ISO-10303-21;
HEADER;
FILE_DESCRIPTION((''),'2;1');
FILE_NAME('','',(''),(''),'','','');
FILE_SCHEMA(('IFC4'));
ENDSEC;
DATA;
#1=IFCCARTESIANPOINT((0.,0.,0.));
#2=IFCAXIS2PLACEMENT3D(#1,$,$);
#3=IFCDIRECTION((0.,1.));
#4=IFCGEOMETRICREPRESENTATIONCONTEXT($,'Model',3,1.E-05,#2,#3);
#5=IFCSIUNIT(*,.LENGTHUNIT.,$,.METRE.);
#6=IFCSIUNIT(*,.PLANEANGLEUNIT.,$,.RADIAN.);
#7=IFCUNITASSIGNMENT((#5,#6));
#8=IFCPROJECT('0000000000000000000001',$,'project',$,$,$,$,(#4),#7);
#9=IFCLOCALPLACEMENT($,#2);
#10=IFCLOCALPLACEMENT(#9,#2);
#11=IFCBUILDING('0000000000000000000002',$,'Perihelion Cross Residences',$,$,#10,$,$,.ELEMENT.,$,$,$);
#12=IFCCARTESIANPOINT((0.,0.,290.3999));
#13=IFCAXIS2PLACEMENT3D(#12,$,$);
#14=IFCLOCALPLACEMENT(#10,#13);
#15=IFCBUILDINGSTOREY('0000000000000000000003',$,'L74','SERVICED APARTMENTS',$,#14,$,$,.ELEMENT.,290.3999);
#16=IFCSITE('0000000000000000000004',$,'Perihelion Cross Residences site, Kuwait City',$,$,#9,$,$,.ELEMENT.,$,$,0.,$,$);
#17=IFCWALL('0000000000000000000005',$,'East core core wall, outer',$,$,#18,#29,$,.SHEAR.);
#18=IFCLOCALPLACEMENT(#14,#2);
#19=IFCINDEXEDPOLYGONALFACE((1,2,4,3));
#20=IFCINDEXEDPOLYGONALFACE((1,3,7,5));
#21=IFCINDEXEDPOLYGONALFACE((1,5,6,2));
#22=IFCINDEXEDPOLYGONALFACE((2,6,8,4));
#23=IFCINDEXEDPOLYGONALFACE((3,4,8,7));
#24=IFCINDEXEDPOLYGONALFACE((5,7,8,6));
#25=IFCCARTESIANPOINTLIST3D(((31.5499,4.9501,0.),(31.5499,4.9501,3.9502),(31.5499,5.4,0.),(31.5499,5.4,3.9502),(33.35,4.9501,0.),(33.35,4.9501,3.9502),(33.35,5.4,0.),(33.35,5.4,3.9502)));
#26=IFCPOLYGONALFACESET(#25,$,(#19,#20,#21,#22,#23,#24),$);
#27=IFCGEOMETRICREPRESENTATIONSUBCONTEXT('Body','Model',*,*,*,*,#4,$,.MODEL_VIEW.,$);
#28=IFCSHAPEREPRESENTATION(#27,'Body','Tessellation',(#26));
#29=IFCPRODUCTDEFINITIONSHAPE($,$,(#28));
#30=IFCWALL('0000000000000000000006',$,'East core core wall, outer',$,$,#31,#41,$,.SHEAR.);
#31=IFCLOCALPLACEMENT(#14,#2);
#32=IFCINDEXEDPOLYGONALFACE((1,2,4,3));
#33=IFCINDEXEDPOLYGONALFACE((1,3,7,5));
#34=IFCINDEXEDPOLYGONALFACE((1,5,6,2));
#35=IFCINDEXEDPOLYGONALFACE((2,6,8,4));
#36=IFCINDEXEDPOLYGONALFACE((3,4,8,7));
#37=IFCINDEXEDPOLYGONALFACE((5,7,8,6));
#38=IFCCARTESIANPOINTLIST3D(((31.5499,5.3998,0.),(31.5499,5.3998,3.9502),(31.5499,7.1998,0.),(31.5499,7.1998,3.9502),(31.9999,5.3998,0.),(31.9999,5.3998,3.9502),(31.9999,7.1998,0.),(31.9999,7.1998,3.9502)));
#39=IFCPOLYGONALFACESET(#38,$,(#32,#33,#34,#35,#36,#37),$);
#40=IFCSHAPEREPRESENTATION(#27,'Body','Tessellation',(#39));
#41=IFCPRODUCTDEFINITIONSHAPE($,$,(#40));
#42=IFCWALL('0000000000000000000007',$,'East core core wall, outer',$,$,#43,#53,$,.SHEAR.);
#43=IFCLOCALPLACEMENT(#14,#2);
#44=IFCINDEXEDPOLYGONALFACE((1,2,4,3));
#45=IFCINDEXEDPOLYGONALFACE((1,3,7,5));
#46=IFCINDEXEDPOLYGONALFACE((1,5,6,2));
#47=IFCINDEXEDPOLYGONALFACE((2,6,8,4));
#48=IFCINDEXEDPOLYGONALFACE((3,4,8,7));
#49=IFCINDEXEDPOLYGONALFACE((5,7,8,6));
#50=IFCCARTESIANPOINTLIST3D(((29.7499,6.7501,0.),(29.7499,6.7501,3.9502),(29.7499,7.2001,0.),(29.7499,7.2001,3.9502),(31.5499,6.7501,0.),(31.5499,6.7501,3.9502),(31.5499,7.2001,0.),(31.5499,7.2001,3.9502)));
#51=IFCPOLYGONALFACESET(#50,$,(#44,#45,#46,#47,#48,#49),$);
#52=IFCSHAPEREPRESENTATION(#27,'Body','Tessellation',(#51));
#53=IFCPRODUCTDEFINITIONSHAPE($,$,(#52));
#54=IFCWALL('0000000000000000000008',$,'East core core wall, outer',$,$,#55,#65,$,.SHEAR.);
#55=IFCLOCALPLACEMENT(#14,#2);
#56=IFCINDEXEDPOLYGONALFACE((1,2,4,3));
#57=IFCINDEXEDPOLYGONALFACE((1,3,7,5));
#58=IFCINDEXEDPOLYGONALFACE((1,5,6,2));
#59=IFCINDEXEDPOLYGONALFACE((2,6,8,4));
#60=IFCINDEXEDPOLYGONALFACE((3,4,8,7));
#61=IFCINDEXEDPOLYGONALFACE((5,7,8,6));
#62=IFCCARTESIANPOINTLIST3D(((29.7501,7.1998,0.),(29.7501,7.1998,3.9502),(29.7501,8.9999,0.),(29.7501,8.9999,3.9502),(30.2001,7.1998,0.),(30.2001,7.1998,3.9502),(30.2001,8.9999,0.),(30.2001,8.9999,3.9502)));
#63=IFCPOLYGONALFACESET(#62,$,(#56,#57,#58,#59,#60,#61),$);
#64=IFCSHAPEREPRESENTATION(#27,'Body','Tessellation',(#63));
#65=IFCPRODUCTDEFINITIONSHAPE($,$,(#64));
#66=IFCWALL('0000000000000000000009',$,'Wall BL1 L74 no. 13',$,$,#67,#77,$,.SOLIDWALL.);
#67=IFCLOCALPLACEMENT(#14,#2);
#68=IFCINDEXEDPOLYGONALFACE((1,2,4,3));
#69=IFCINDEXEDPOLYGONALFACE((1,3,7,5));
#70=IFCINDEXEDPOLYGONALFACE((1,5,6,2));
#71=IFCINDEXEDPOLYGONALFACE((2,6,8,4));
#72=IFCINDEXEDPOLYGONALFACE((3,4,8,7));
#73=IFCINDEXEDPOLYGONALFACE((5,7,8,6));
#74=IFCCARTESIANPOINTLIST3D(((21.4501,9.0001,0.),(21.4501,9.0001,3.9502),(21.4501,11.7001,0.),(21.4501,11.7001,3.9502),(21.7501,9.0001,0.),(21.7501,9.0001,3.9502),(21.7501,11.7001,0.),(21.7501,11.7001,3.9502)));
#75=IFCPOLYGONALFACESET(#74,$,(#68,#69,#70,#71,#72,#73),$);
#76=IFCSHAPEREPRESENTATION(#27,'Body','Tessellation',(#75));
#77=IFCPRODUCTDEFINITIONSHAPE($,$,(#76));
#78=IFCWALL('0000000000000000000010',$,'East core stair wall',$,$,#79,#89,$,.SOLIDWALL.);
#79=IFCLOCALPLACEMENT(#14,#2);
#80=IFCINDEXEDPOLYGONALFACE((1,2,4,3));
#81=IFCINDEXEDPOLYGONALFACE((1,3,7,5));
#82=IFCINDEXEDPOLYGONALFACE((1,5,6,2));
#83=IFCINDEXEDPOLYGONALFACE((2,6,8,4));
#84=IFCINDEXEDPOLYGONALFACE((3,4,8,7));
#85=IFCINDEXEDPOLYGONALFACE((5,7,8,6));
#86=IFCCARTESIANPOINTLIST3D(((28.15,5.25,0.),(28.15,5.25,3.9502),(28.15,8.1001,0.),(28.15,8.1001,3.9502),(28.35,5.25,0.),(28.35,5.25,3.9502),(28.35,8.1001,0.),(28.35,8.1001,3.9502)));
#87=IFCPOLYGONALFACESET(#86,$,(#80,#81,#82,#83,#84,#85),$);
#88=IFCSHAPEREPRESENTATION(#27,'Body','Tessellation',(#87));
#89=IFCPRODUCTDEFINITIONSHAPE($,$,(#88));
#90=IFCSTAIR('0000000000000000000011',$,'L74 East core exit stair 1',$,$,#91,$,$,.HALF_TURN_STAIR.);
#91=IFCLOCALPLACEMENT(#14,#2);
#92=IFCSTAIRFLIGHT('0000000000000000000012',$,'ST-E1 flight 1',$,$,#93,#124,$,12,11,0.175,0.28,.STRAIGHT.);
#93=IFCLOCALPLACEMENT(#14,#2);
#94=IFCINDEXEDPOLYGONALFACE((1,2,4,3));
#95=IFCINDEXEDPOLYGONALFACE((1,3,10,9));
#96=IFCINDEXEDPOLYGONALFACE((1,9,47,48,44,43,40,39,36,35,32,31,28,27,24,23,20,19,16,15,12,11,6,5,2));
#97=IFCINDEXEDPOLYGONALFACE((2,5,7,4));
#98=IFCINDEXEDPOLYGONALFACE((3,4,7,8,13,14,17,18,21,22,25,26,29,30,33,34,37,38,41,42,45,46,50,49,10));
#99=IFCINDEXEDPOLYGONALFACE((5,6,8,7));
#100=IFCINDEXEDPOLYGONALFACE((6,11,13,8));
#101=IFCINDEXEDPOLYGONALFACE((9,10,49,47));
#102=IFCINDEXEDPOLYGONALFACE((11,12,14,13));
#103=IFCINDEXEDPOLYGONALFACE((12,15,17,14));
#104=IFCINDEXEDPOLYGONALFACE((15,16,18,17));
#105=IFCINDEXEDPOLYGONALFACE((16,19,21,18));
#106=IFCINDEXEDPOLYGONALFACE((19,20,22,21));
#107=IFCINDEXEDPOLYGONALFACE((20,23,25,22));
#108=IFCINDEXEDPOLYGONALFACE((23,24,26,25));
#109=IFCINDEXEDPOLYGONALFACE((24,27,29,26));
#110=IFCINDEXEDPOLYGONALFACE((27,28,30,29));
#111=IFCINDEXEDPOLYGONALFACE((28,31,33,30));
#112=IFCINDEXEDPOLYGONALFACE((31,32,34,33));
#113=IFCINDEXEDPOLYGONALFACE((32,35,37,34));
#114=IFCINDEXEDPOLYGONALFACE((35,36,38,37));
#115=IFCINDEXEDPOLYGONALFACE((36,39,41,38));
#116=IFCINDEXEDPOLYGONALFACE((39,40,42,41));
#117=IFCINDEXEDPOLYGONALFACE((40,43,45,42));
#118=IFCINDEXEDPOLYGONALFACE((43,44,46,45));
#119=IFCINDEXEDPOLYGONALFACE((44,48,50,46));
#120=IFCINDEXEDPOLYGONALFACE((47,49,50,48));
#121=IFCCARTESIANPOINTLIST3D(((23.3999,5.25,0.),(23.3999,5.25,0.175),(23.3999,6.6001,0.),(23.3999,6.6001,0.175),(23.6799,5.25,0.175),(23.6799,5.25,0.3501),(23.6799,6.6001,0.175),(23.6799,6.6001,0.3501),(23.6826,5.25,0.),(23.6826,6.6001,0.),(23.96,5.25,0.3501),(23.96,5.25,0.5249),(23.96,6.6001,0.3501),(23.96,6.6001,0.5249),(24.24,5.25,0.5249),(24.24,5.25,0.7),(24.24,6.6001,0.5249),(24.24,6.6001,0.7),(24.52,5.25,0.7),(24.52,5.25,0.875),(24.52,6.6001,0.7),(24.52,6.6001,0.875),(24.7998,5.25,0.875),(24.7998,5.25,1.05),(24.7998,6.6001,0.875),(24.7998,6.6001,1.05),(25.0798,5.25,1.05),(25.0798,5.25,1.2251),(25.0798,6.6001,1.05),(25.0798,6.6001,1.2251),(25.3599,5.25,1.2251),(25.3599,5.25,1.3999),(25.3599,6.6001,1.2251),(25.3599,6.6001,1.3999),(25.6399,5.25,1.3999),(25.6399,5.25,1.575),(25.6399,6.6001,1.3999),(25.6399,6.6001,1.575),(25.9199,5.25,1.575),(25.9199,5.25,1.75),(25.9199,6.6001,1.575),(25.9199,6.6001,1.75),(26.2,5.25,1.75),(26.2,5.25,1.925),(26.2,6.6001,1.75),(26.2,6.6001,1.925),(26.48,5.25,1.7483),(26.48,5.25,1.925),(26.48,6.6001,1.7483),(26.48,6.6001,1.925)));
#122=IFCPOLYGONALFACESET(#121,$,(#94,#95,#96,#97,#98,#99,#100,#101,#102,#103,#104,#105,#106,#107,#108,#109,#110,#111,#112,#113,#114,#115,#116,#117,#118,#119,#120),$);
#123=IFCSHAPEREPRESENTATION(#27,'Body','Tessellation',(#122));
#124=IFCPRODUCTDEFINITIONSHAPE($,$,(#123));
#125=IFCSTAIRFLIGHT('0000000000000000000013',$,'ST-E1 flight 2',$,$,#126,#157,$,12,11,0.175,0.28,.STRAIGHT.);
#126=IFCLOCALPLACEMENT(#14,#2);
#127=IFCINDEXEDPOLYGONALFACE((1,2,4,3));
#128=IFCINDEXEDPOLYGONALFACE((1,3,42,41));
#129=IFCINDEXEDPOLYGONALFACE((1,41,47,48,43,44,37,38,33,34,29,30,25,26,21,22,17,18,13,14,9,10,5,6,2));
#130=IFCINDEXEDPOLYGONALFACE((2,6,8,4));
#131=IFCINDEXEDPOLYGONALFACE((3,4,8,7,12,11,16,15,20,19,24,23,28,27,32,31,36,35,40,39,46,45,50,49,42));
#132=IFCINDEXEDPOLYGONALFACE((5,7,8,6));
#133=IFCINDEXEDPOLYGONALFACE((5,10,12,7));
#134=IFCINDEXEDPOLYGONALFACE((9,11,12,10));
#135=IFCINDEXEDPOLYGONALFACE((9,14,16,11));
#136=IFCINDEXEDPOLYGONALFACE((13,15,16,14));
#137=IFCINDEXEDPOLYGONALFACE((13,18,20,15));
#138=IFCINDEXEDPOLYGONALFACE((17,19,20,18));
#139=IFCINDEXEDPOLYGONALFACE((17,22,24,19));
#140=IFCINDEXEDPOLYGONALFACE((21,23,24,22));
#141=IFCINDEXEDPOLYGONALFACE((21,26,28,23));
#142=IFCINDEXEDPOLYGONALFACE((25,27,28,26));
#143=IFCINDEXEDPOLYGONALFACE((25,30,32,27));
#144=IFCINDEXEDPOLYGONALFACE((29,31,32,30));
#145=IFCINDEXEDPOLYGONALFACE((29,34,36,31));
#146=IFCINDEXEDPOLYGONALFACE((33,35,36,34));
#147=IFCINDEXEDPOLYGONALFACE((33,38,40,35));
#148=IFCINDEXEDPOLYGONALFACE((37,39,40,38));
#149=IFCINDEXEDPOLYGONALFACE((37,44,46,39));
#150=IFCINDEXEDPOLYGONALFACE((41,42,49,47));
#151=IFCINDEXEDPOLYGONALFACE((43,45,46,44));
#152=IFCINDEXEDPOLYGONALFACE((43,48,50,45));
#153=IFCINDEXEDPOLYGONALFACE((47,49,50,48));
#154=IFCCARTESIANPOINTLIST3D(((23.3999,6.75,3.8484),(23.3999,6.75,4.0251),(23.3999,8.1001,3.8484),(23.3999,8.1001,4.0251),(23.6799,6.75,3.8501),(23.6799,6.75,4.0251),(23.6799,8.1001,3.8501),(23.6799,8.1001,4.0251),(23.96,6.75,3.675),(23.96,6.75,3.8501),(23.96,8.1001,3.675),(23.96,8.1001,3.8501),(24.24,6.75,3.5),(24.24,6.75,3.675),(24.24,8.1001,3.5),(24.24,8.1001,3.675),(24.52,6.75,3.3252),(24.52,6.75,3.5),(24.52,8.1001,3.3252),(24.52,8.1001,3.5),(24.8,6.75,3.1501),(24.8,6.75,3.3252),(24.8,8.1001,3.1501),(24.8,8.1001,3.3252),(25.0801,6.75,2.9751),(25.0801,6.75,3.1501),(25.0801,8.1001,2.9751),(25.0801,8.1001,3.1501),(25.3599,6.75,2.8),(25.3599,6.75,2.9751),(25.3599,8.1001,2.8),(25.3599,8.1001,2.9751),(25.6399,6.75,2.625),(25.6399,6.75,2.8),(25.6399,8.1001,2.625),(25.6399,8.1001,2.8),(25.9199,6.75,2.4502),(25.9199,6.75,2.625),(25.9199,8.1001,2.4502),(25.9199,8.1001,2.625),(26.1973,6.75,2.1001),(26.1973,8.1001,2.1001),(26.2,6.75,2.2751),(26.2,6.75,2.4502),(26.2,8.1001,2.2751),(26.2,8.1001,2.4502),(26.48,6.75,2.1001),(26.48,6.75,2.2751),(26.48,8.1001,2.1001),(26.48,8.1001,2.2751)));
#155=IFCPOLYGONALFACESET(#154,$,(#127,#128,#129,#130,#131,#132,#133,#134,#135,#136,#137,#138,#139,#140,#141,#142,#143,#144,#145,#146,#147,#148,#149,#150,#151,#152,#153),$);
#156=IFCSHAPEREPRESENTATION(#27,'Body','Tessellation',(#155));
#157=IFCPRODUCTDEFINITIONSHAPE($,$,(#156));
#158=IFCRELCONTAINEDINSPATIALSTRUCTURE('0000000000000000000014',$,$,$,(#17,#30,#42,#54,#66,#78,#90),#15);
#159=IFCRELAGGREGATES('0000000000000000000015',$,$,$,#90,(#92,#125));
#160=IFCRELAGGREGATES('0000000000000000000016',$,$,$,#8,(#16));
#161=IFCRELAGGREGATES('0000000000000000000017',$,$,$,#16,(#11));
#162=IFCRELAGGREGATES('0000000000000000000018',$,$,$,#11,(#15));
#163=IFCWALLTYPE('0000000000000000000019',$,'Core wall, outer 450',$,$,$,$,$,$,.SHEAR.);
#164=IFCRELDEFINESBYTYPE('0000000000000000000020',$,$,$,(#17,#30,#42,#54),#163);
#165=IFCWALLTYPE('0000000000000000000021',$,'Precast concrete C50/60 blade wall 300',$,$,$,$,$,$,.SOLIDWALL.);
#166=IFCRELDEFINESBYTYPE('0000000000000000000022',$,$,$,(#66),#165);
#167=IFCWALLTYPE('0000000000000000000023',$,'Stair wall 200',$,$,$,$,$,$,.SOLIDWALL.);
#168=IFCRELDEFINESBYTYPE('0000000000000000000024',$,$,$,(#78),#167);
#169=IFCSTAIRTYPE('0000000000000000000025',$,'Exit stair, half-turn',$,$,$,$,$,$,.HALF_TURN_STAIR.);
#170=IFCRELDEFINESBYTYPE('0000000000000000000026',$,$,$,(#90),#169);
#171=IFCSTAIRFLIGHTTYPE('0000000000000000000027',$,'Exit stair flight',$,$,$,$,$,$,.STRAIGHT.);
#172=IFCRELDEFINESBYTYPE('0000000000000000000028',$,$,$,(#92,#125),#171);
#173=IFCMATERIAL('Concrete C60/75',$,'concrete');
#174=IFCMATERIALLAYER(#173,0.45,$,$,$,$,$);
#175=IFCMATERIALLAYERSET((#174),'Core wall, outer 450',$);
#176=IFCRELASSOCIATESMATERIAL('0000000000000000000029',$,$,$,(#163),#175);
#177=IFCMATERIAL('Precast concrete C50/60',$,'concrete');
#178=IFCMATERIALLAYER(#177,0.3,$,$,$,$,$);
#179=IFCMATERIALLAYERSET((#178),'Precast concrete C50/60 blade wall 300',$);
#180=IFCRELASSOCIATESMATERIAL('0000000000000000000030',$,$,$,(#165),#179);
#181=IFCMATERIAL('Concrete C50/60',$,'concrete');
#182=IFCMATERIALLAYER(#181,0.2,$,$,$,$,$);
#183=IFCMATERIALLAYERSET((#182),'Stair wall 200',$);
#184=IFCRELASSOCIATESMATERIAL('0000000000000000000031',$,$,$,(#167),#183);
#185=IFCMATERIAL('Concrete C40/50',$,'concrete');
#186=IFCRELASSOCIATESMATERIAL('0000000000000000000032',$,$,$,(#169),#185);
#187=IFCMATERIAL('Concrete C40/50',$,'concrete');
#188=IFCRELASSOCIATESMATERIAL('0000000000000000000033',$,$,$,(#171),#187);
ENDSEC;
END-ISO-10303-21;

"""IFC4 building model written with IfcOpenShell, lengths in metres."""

from ifc_helpers import new_model, si_unit, direction, frame, frame_2d, origin, place, context, subcontext, project, spatial, polyline, rectangle, outline, extrude, material, layer, layer_set, type_object, element, aggregate, save


model = new_model("IFC4")

# Units and contexts
model_context = context("Model", 3, precision=1e-05, world=origin(), true_north=direction((0.0, 1.0)))
body_context = subcontext(model_context, "Body", "Model", "MODEL_VIEW")
ifc_project = project(units=[si_unit("LENGTHUNIT", "METRE"), si_unit("PLANEANGLEUNIT", "RADIAN")], contexts=[model_context])

# Site, building, storey
site_placement = place(None, origin())
site = spatial("IfcSite", under=ifc_project, at=site_placement, Name="Perihelion Cross Residences site, Kuwait City", CompositionType="ELEMENT", RefElevation=0.0)
building_placement = place(site_placement, origin())
building = spatial("IfcBuilding", under=site, at=building_placement, Name="Perihelion Cross Residences", CompositionType="ELEMENT")
storey_placement = place(building_placement, frame((0.0, 0.0, 290.3999)))
storey = spatial("IfcBuildingStorey", under=building, at=storey_placement, Name="L74", Description="SERVICED APARTMENTS", CompositionType="ELEMENT", Elevation=290.3999)

# Walls
ifc_material_1 = material(Name="Concrete C60/75", Category="concrete")
ifc_layer_1 = layer(ifc_material_1, 0.45)
ifc_layer_set_1 = layer_set([ifc_layer_1], Name="Core wall, outer 450")
wall_type_1 = type_object("IfcWallType", Name="Core wall, outer 450", PredefinedType="SHEAR", material=ifc_layer_set_1)
for number, where, z_axis, x_axis, name in (
    (1, (31.55, 5.175, 0.0), (0.0, 0.0, 1.0), (1.0, 0.0, 0.0), "East core core wall, outer"),
    (2, (31.7749, 5.3999, 0.0), (0.0, 0.0, 1.0), (0.0, 1.0, 0.0), "East core core wall, outer"),
    (3, (29.75, 6.9751, 0.0), (0.0, 0.0, 1.0), (1.0, 0.0, 0.0), "East core core wall, outer"),
    (4, (29.9751, 7.2, 0.0), (0.0, 0.0, 1.0), (0.0, 1.0, 0.0), "East core core wall, outer"),
):
    element("IfcWall", number, at=place(storey_placement, frame(where, z_axis=z_axis, x_axis=x_axis)), inside=storey, type_object=wall_type_1, Name=name, PredefinedType="SHEAR", context=body_context, shape_type="SweptSolid", body=[
        extrude(rectangle(XDim=1.8, YDim=0.45, at=frame_2d((0.8999, 0.0))), origin(), (0.0, 0.0, 1.0), 3.9502),
    ])
ifc_material_2 = material(Name="Precast concrete C50/60", Category="concrete")
ifc_layer_2 = layer(ifc_material_2, 0.3)
ifc_layer_set_2 = layer_set([ifc_layer_2], Name="Precast concrete C50/60 blade wall 300")
wall_type_2 = type_object("IfcWallType", Name="Precast concrete C50/60 blade wall 300", PredefinedType="SOLIDWALL", material=ifc_layer_set_2)
wall_1_placement = place(storey_placement, frame((21.6001, 9.0, 0.0), z_axis=(0.0, 0.0, 1.0), x_axis=(0.0, 1.0, 0.0)))
element("IfcWall", 5, at=wall_1_placement, inside=storey, type_object=wall_type_2, Name="Wall BL1 L74 no. 13", PredefinedType="SOLIDWALL", context=body_context, shape_type="SweptSolid", body=[
    extrude(rectangle(XDim=2.7, YDim=0.3, at=frame_2d((1.3501, 0.0))), origin(), (0.0, 0.0, 1.0), 3.9502),
])
ifc_material_3 = material(Name="Concrete C50/60", Category="concrete")
ifc_layer_3 = layer(ifc_material_3, 0.2)
ifc_layer_set_3 = layer_set([ifc_layer_3], Name="Stair wall 200")
wall_type_3 = type_object("IfcWallType", Name="Stair wall 200", PredefinedType="SOLIDWALL", material=ifc_layer_set_3)
wall_2_placement = place(storey_placement, frame((28.25, 5.25, 0.0), z_axis=(0.0, 0.0, 1.0), x_axis=(0.0, 1.0, 0.0)))
element("IfcWall", 6, at=wall_2_placement, inside=storey, type_object=wall_type_3, Name="East core stair wall", PredefinedType="SOLIDWALL", context=body_context, shape_type="SweptSolid", body=[
    extrude(rectangle(XDim=2.8501, YDim=0.2, at=frame_2d((1.425, 0.0))), origin(), (0.0, 0.0, 1.0), 3.9502),
])

# Stair, stair flights
ifc_material_4 = material(Name="Concrete C40/50", Category="concrete")
stair_type = type_object("IfcStairType", Name="Exit stair, half-turn", PredefinedType="HALF_TURN_STAIR", material=ifc_material_4)
stair_placement = place(storey_placement, origin())
stair = element("IfcStair", 7, at=stair_placement, inside=storey, type_object=stair_type, Name="L74 East core exit stair 1", PredefinedType="HALF_TURN_STAIR")
ifc_material_5 = material(Name="Concrete C40/50", Category="concrete")
stair_flight_type = type_object("IfcStairFlightType", Name="Exit stair flight", PredefinedType="STRAIGHT", material=ifc_material_5)
stair_flight_1_placement = place(storey_placement, frame((23.3999, 5.925, 0.0), z_axis=(0.0, 0.0, 1.0), x_axis=(1.0, 0.0, 0.0)))
stair_flight_1 = element("IfcStairFlight", 8, at=stair_flight_1_placement, type_object=stair_flight_type, Name="ST-E1 flight 1", NumberOfRisers=12, NumberOfTreads=11, PredefinedType="STRAIGHT", RiserHeight=0.175, TreadLength=0.28, context=body_context, shape_type="SweptSolid", body=[
    extrude(outline(polyline([(0.0, 0.0), (0.0, 0.175), (0.28, 0.175), (0.28, 0.3501), (0.5601, 0.3501), (0.5601, 0.5249), (0.8401, 0.5249), (0.8401, 0.7), (1.1201, 0.7), (1.1201, 0.875), (1.3999, 0.875), (1.3999, 1.05), (1.6799, 1.05), (1.6799, 1.2251), (1.96, 1.2251), (1.96, 1.3999), (2.24, 1.3999), (2.24, 1.575), (2.52, 1.575), (2.52, 1.75), (2.8, 1.75), (2.8, 1.925), (3.0801, 1.925), (3.0801, 2.1001), (3.0801, 1.7483), (0.2827, 0.0), (0.0, 0.0)])), frame((0.0, 0.675, 0.0), z_axis=(0.0, -1.0, 0.0), x_axis=(1.0, 0.0, 0.0)), (0.0, 0.0, 1.0), 1.3501),
])
stair_flight_2_placement = place(storey_placement, frame((26.48, 7.425, 2.1001), z_axis=(0.0, 0.0, 1.0), x_axis=(-1.0, 0.0, 0.0)))
stair_flight_2 = element("IfcStairFlight", 9, at=stair_flight_2_placement, type_object=stair_flight_type, Name="ST-E1 flight 2", NumberOfRisers=12, NumberOfTreads=11, PredefinedType="STRAIGHT", RiserHeight=0.175, TreadLength=0.28, context=body_context, shape_type="SweptSolid", body=[
    extrude(outline(polyline([(0.0, 0.0), (0.0, 0.175), (0.28, 0.175), (0.28, 0.3501), (0.5601, 0.3501), (0.5601, 0.5249), (0.8401, 0.5249), (0.8401, 0.7), (1.1201, 0.7), (1.1201, 0.875), (1.3999, 0.875), (1.3999, 1.05), (1.6799, 1.05), (1.6799, 1.2251), (1.96, 1.2251), (1.96, 1.3999), (2.24, 1.3999), (2.24, 1.575), (2.52, 1.575), (2.52, 1.75), (2.8, 1.75), (2.8, 1.925), (3.0801, 1.925), (3.0801, 2.1001), (3.0801, 1.7483), (0.2827, 0.0), (0.0, 0.0)])), frame((0.0, 0.675, 0.0), z_axis=(0.0, -1.0, 0.0), x_axis=(1.0, 0.0, 0.0)), (0.0, 0.0, 1.0), 1.3501),
])
aggregate(stair, [stair_flight_1, stair_flight_2])

save(model, "model.ifc")
